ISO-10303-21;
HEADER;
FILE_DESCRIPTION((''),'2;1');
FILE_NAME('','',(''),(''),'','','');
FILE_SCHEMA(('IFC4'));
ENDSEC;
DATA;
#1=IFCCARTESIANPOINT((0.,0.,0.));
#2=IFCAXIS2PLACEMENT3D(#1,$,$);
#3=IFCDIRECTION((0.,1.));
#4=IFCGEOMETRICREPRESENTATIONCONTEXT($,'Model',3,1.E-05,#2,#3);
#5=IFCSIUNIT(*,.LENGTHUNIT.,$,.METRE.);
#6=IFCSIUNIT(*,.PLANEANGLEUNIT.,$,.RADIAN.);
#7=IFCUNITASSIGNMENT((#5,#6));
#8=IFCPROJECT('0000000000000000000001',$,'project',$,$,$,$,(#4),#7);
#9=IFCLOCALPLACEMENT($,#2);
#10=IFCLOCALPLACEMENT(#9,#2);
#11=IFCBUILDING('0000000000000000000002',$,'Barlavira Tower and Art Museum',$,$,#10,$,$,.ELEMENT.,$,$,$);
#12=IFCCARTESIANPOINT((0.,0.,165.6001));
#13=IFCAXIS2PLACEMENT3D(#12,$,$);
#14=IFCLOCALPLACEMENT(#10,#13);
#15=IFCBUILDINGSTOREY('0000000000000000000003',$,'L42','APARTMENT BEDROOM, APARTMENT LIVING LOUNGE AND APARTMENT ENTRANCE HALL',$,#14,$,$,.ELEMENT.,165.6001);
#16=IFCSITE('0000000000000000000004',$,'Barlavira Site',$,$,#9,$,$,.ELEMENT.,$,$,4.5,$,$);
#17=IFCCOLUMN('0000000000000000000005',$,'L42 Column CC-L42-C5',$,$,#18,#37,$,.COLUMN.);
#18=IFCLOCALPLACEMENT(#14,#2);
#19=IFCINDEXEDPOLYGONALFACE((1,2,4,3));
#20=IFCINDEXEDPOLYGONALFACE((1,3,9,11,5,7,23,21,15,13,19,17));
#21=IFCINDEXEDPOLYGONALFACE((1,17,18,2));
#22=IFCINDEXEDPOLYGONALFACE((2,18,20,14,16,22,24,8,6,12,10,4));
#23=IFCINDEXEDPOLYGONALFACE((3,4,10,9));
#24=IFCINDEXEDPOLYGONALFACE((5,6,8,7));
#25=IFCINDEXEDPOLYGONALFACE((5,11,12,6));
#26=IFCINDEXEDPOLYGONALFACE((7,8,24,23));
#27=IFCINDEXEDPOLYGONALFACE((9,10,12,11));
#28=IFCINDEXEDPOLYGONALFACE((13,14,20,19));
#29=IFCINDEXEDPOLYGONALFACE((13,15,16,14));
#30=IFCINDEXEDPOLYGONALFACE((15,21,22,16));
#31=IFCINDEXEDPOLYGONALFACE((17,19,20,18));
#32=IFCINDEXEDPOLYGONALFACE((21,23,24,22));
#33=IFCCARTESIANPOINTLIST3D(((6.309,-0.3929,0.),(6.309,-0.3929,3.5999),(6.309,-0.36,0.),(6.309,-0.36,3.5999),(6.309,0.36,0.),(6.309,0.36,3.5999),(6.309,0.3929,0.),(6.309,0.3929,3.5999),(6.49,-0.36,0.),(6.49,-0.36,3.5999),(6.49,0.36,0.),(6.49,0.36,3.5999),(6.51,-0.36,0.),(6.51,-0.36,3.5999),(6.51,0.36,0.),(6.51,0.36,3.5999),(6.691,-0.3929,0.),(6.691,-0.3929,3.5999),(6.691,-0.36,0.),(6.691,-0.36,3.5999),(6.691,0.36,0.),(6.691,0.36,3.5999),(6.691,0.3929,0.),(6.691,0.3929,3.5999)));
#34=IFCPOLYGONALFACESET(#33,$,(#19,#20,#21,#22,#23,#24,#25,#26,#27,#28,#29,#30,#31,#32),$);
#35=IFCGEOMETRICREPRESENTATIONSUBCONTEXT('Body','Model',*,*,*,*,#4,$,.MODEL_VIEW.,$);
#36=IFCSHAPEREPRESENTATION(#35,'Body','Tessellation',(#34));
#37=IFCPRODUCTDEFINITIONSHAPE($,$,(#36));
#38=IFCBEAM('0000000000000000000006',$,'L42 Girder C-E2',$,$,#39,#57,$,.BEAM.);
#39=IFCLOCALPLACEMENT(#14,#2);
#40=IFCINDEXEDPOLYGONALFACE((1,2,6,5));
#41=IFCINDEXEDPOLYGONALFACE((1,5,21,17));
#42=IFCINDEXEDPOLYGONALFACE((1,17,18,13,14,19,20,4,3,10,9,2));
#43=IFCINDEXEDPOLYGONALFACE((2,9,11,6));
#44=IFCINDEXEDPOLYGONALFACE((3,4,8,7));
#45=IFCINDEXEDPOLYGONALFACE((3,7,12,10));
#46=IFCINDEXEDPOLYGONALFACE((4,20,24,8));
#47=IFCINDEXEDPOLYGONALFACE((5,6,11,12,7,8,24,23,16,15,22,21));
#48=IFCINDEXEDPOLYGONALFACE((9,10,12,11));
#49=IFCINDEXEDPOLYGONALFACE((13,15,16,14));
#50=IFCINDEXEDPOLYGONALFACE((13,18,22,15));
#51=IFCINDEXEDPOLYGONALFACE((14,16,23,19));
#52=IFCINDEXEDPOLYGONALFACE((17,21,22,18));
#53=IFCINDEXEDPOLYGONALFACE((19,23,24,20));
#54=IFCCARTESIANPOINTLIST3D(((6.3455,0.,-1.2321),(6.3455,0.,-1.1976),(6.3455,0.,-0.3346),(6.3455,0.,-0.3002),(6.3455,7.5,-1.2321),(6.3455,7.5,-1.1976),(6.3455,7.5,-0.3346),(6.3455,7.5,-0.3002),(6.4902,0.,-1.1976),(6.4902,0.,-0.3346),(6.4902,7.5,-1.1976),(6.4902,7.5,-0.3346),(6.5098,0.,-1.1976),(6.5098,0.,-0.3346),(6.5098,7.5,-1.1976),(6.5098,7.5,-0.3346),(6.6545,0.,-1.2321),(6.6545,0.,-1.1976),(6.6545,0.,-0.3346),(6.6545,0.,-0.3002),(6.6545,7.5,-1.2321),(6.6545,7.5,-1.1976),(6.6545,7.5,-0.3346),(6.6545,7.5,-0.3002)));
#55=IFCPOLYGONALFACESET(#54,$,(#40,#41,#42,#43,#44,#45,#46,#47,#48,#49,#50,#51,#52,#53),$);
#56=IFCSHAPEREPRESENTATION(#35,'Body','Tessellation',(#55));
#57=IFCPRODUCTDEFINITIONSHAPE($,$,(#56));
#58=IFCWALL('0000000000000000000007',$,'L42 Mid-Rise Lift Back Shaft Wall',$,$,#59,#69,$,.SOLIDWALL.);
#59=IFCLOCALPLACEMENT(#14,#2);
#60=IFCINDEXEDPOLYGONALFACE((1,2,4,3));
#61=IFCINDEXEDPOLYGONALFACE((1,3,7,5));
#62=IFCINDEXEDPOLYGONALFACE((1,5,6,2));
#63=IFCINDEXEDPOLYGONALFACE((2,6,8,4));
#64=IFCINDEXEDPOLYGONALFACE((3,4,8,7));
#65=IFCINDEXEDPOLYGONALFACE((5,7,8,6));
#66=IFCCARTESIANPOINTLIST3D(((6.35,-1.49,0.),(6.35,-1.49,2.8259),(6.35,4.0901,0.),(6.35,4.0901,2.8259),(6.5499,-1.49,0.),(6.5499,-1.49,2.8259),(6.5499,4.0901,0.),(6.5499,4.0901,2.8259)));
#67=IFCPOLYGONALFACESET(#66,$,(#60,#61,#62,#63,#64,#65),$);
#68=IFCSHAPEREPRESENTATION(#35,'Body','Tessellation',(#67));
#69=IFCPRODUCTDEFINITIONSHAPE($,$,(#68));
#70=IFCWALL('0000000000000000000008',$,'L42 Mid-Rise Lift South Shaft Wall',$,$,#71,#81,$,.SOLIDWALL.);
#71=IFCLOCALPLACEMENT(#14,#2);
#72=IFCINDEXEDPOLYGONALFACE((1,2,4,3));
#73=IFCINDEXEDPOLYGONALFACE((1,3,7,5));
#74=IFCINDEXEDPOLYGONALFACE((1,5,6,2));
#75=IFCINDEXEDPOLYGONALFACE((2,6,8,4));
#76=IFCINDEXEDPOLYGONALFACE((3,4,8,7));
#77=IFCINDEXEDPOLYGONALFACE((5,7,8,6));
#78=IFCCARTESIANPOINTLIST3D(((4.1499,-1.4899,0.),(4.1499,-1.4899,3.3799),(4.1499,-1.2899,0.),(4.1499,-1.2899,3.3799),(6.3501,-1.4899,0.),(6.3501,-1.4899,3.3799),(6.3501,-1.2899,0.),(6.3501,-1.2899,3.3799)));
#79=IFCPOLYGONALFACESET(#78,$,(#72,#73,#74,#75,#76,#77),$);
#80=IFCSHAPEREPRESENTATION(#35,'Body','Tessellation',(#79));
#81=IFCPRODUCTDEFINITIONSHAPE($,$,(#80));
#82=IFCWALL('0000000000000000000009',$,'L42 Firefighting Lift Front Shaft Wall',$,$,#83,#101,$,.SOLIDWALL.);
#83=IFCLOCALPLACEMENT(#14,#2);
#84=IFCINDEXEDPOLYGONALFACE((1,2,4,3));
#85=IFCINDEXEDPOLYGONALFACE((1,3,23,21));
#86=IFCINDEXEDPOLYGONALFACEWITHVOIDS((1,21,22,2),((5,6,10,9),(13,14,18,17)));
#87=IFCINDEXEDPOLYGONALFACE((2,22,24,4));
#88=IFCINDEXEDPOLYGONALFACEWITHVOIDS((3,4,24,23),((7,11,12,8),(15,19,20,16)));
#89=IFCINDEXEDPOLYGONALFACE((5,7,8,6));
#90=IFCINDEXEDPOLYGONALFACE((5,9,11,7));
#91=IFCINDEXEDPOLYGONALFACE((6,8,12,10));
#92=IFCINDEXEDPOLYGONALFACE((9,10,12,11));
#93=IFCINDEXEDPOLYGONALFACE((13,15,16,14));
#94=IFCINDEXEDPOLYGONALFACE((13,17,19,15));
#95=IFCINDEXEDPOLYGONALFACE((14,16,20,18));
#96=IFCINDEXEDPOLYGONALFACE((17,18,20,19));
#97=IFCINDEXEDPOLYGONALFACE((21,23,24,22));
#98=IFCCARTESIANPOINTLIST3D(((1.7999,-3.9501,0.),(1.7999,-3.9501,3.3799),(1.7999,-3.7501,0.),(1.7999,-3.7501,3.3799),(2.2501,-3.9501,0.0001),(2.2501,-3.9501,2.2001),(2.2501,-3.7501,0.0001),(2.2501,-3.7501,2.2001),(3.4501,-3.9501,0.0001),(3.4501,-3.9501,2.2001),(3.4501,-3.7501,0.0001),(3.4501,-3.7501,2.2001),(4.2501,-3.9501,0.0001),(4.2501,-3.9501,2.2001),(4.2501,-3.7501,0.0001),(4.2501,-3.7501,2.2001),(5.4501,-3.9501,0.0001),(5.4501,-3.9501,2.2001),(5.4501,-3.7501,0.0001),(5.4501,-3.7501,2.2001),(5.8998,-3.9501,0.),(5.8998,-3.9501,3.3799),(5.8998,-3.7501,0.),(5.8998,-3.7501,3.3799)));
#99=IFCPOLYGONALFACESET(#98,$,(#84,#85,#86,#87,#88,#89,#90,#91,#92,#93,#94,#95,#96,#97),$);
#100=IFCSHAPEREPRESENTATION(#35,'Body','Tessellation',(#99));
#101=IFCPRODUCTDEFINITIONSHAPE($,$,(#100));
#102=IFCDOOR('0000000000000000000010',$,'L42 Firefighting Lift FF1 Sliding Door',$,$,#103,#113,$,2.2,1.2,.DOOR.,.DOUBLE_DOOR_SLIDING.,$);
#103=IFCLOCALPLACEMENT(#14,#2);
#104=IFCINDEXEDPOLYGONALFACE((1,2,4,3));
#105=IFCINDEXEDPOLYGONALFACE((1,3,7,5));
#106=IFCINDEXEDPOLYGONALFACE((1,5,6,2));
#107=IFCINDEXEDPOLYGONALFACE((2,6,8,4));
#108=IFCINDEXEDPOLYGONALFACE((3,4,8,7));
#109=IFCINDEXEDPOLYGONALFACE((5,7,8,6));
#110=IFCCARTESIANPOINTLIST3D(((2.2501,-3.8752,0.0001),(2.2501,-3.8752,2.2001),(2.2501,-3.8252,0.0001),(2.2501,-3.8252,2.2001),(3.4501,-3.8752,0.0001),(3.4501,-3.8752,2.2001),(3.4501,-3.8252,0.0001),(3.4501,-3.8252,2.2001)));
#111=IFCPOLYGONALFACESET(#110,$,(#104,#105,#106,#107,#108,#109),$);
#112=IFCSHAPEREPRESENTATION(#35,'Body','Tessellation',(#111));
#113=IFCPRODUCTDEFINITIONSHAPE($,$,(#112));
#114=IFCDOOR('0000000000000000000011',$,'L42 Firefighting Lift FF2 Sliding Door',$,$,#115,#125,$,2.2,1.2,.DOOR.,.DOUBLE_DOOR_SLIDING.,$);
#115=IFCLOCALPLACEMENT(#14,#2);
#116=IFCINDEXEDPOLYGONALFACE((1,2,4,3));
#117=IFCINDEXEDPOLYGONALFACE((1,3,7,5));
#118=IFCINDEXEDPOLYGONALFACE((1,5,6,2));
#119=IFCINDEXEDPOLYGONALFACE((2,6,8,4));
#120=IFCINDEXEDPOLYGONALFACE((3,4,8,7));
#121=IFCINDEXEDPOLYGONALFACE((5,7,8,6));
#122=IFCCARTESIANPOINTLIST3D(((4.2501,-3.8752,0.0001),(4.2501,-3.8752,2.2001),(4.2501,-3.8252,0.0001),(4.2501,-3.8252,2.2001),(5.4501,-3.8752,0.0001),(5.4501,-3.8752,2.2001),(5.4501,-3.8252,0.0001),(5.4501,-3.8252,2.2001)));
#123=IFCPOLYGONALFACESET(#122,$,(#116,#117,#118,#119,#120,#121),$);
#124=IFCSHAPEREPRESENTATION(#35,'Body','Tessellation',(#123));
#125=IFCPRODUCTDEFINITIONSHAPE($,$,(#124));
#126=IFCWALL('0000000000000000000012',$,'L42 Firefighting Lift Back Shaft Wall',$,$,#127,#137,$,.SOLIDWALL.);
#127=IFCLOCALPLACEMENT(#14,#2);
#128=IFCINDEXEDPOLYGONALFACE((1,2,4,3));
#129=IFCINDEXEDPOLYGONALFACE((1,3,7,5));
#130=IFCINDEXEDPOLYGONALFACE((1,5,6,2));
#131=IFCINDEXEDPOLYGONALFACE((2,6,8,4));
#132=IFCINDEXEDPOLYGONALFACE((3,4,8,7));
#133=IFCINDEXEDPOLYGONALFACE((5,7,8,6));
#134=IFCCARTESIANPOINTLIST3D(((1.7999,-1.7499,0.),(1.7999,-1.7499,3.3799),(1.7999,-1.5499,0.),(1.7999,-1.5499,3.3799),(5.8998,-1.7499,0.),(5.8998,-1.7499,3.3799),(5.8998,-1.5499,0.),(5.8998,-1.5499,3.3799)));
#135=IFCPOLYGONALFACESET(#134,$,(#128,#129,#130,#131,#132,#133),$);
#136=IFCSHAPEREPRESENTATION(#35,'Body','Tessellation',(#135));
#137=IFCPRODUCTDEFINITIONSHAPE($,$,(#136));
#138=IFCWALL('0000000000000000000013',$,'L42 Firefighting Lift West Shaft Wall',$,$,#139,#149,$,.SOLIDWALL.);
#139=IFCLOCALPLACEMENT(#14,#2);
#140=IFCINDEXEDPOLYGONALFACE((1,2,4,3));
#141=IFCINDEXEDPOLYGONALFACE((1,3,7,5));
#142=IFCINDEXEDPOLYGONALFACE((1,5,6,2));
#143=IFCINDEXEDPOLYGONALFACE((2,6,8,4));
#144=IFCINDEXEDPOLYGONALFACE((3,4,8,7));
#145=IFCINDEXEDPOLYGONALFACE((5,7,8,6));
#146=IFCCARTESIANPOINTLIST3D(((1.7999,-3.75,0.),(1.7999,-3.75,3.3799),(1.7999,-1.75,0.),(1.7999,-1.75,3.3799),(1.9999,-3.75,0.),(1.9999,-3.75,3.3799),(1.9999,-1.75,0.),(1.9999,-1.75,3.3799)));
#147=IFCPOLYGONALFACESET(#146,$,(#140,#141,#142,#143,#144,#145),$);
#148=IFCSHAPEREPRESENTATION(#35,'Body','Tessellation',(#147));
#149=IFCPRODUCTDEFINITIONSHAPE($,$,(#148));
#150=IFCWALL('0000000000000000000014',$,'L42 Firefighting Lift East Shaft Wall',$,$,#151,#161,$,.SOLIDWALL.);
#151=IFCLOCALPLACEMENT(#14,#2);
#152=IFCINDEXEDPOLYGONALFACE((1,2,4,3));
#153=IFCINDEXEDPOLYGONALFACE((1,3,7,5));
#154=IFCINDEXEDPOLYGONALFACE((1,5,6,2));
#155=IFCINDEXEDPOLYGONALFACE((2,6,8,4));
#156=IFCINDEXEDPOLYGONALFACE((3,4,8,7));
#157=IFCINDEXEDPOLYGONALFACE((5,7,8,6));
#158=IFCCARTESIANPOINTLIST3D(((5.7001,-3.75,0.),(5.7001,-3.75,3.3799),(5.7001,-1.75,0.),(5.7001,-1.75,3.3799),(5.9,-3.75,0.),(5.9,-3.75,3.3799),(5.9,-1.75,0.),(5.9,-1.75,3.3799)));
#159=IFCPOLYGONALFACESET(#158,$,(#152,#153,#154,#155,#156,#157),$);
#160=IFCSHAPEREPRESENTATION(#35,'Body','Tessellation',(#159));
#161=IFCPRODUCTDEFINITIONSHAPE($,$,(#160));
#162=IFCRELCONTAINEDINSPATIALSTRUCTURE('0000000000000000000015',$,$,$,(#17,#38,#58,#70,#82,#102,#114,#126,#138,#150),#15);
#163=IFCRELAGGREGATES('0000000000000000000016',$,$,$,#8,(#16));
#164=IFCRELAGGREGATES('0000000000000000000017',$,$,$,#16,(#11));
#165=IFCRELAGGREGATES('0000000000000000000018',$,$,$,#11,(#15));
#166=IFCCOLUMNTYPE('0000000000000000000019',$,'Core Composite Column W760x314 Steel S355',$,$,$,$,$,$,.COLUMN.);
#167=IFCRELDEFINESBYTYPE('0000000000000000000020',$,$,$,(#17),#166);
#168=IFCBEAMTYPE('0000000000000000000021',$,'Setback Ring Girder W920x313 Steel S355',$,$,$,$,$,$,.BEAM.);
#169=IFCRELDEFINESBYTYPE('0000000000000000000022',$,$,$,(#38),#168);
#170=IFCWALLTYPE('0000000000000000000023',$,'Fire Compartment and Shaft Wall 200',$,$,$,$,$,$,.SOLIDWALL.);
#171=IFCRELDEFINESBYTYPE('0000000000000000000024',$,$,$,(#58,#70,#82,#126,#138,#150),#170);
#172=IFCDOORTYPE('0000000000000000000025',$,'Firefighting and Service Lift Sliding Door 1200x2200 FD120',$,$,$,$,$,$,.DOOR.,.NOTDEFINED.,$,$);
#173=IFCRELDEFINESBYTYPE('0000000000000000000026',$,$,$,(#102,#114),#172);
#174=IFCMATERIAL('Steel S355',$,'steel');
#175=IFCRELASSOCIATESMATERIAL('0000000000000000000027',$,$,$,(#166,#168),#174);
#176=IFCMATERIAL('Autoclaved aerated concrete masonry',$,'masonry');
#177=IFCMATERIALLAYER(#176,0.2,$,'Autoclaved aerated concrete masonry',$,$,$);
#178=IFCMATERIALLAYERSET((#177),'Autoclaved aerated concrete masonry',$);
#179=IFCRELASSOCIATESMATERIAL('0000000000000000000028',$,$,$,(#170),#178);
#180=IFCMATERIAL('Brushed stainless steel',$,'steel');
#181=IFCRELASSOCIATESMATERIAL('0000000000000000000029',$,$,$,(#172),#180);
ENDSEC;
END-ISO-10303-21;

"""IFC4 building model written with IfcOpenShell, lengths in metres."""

from ifc_helpers import new_model, si_unit, direction, frame, frame_2d, origin, origin_2d, place, context, subcontext, project, spatial, rectangle, i_section, extrude, material, layer, layer_set, material_profile, profile_set, type_object, element, fill, save


model = new_model("IFC4")

# Units and contexts
model_context = context("Model", 3, precision=1e-05, world=origin(), true_north=direction((0.0, 1.0)))
body_context = subcontext(model_context, "Body", "Model", "MODEL_VIEW")
ifc_project = project(units=[si_unit("LENGTHUNIT", "METRE"), si_unit("PLANEANGLEUNIT", "RADIAN")], contexts=[model_context])

# Site, building, storey
site_placement = place(None, origin())
site = spatial("IfcSite", under=ifc_project, at=site_placement, Name="Barlavira Site", CompositionType="ELEMENT", RefElevation=4.5)
building_placement = place(site_placement, origin())
building = spatial("IfcBuilding", under=site, at=building_placement, Name="Barlavira Tower and Art Museum", CompositionType="ELEMENT")
storey_placement = place(building_placement, frame((0.0, 0.0, 165.6001)))
storey = spatial("IfcBuildingStorey", under=building, at=storey_placement, Name="L42", Description="APARTMENT BEDROOM, APARTMENT LIVING LOUNGE AND APARTMENT ENTRANCE HALL", CompositionType="ELEMENT", Elevation=165.6001)

# Column
ifc_material_1 = material(Name="Steel S355", Category="steel")
ifc_material_profile_1 = material_profile(ifc_material_1, i_section(OverallWidth=0.3821, OverallDepth=0.7859, WebThickness=0.02, FlangeThickness=0.033, at=origin_2d()), Name="W760x314.0")
ifc_profile_set_1 = profile_set([ifc_material_profile_1], Name="Steel S355")
column_type = type_object("IfcColumnType", Name="Core Composite Column W760x314 Steel S355", PredefinedType="COLUMN", material=ifc_profile_set_1)
column_placement = place(storey_placement, frame((6.5, 0.0, 0.0), z_axis=(0.0, 0.0, 1.0), x_axis=(1.0, 0.0, 0.0)))
element("IfcColumn", 1, at=column_placement, inside=storey, type_object=column_type, Name="L42 Column CC-L42-C5", PredefinedType="COLUMN", context=body_context, shape_type="SweptSolid", body=[
    extrude(i_section(OverallWidth=0.3821, OverallDepth=0.7859, WebThickness=0.02, FlangeThickness=0.033, at=origin_2d()), origin(), (0.0, 0.0, 1.0), 3.5999),
])

# Beam
ifc_material_profile_2 = material_profile(ifc_material_1, i_section(OverallWidth=0.3091, OverallDepth=0.9319, WebThickness=0.0195, FlangeThickness=0.0344, at=origin_2d()), Name="W920x313.0")
ifc_profile_set_2 = profile_set([ifc_material_profile_2], Name="Steel S355")
beam_type = type_object("IfcBeamType", Name="Setback Ring Girder W920x313 Steel S355", PredefinedType="BEAM", material=ifc_profile_set_2)
beam_placement = place(storey_placement, frame((6.5, 0.0, -0.7661), z_axis=(0.0, 1.0, 0.0), x_axis=(-1.0, 0.0, 0.0)))
element("IfcBeam", 2, at=beam_placement, inside=storey, type_object=beam_type, Name="L42 Girder C-E2", PredefinedType="BEAM", context=body_context, shape_type="SweptSolid", body=[
    extrude(i_section(OverallWidth=0.3091, OverallDepth=0.9319, WebThickness=0.0195, FlangeThickness=0.0344, at=origin_2d()), origin(), (0.0, 0.0, 1.0), 7.5),
])

# Shared definitions
ifc_material_2 = material(Name="Autoclaved aerated concrete masonry", Category="masonry")
ifc_layer_1 = layer(ifc_material_2, 0.2, Name="Autoclaved aerated concrete masonry")
ifc_layer_set_1 = layer_set([ifc_layer_1], Name="Autoclaved aerated concrete masonry")
wall_type_1 = type_object("IfcWallType", Name="Fire Compartment and Shaft Wall 200", PredefinedType="SOLIDWALL", material=ifc_layer_set_1)
ifc_material_3 = material(Name="Brushed stainless steel", Category="steel")

# Walls
wall_1_placement = place(storey_placement, frame((6.45, -1.49, 0.0), z_axis=(0.0, 0.0, 1.0), x_axis=(0.0, 1.0, 0.0)))
element("IfcWall", 3, at=wall_1_placement, inside=storey, type_object=wall_type_1, Name="L42 Mid-Rise Lift Back Shaft Wall", PredefinedType="SOLIDWALL", context=body_context, shape_type="SweptSolid", body=[
    extrude(rectangle(XDim=5.5801, YDim=0.2, at=frame_2d((2.79, 0.0))), origin(), (0.0, 0.0, 1.0), 2.8259),
])
wall_2_placement = place(storey_placement, frame((4.1499, -1.3899, 0.0), z_axis=(0.0, 0.0, 1.0), x_axis=(1.0, 0.0, 0.0)))
element("IfcWall", 4, at=wall_2_placement, inside=storey, type_object=wall_type_1, Name="L42 Mid-Rise Lift South Shaft Wall", PredefinedType="SOLIDWALL", context=body_context, shape_type="SweptSolid", body=[
    extrude(rectangle(XDim=2.2002, YDim=0.2, at=frame_2d((1.1001, 0.0))), origin(), (0.0, 0.0, 1.0), 3.3799),
])

# Wall, openings, doors
wall_3_placement = place(storey_placement, frame((1.8, -3.8501, 0.0), z_axis=(0.0, 0.0, 1.0), x_axis=(1.0, 0.0, 0.0)))
wall_3 = element("IfcWall", 5, at=wall_3_placement, inside=storey, type_object=wall_type_1, Name="L42 Firefighting Lift Front Shaft Wall", PredefinedType="SOLIDWALL", context=body_context, shape_type="SweptSolid", body=[
    extrude(rectangle(XDim=4.0999, YDim=0.2, at=frame_2d((2.0498, 0.0))), origin(), (0.0, 0.0, 1.0), 3.3799),
])
opening_1_placement = place(wall_3_placement, frame((0.45, 0.0, 0.0)))
opening_1 = element("IfcOpeningElement", 6, at=opening_1_placement, cuts=wall_3, PredefinedType="OPENING", context=body_context, shape_type="SweptSolid", body=[
    extrude(rectangle(XDim=1.2, YDim=2.2, at=frame_2d((0.6001, 1.1001))), frame((0.0, 0.1099, 0.0), z_axis=(0.0, -1.0, 0.0), x_axis=(1.0, 0.0, 0.0)), (0.0, 0.0, 1.0), 0.22),
])
opening_2_placement = place(wall_3_placement, frame((2.45, 0.0, 0.0)))
opening_2 = element("IfcOpeningElement", 7, at=opening_2_placement, cuts=wall_3, PredefinedType="OPENING", context=body_context, shape_type="SweptSolid", body=[
    extrude(rectangle(XDim=1.2, YDim=2.2, at=frame_2d((0.6001, 1.1001))), frame((0.0, 0.1099, 0.0), z_axis=(0.0, -1.0, 0.0), x_axis=(1.0, 0.0, 0.0)), (0.0, 0.0, 1.0), 0.22),
])
door_type_1 = type_object("IfcDoorType", Name="Firefighting and Service Lift Sliding Door 1200x2200 FD120", OperationType="NOTDEFINED", PredefinedType="DOOR", material=ifc_material_3)
door_1_placement = place(opening_1_placement, origin())
door_1 = element("IfcDoor", 8, at=door_1_placement, inside=storey, type_object=door_type_1, Name="L42 Firefighting Lift FF1 Sliding Door", OperationType="DOUBLE_DOOR_SLIDING", OverallHeight=2.2, OverallWidth=1.2, PredefinedType="DOOR", context=body_context, shape_type="SweptSolid", body=[
    extrude(rectangle(XDim=1.2, YDim=2.2, at=frame_2d((0.6001, 1.1001))), frame((0.0, 0.0249, 0.0), z_axis=(0.0, -1.0, 0.0), x_axis=(1.0, 0.0, 0.0)), (0.0, 0.0, 1.0), 0.05),
])
fill(opening_1, door_1)
door_2_placement = place(opening_2_placement, origin())
door_2 = element("IfcDoor", 9, at=door_2_placement, inside=storey, type_object=door_type_1, Name="L42 Firefighting Lift FF2 Sliding Door", OperationType="DOUBLE_DOOR_SLIDING", OverallHeight=2.2, OverallWidth=1.2, PredefinedType="DOOR", context=body_context, shape_type="SweptSolid", body=[
    extrude(rectangle(XDim=1.2, YDim=2.2, at=frame_2d((0.6001, 1.1001))), frame((0.0, 0.0249, 0.0), z_axis=(0.0, -1.0, 0.0), x_axis=(1.0, 0.0, 0.0)), (0.0, 0.0, 1.0), 0.05),
])
fill(opening_2, door_2)

# Walls
wall_4_placement = place(storey_placement, frame((1.8, -1.6499, 0.0), z_axis=(0.0, 0.0, 1.0), x_axis=(1.0, 0.0, 0.0)))
element("IfcWall", 10, at=wall_4_placement, inside=storey, type_object=wall_type_1, Name="L42 Firefighting Lift Back Shaft Wall", PredefinedType="SOLIDWALL", context=body_context, shape_type="SweptSolid", body=[
    extrude(rectangle(XDim=4.0999, YDim=0.2, at=frame_2d((2.0498, 0.0))), origin(), (0.0, 0.0, 1.0), 3.3799),
])
for number, where, z_axis, x_axis, name in (
    (11, (1.8999, -3.75, 0.0), (0.0, 0.0, 1.0), (0.0, 1.0, 0.0), "L42 Firefighting Lift West Shaft Wall"),
    (12, (5.8, -3.75, 0.0), (0.0, 0.0, 1.0), (0.0, 1.0, 0.0), "L42 Firefighting Lift East Shaft Wall"),
):
    element("IfcWall", number, at=place(storey_placement, frame(where, z_axis=z_axis, x_axis=x_axis)), inside=storey, type_object=wall_type_1, Name=name, PredefinedType="SOLIDWALL", context=body_context, shape_type="SweptSolid", body=[
        extrude(rectangle(XDim=2.0, YDim=0.2, at=frame_2d((1.0, 0.0))), origin(), (0.0, 0.0, 1.0), 3.3799),
    ])

save(model, "model.ifc")
